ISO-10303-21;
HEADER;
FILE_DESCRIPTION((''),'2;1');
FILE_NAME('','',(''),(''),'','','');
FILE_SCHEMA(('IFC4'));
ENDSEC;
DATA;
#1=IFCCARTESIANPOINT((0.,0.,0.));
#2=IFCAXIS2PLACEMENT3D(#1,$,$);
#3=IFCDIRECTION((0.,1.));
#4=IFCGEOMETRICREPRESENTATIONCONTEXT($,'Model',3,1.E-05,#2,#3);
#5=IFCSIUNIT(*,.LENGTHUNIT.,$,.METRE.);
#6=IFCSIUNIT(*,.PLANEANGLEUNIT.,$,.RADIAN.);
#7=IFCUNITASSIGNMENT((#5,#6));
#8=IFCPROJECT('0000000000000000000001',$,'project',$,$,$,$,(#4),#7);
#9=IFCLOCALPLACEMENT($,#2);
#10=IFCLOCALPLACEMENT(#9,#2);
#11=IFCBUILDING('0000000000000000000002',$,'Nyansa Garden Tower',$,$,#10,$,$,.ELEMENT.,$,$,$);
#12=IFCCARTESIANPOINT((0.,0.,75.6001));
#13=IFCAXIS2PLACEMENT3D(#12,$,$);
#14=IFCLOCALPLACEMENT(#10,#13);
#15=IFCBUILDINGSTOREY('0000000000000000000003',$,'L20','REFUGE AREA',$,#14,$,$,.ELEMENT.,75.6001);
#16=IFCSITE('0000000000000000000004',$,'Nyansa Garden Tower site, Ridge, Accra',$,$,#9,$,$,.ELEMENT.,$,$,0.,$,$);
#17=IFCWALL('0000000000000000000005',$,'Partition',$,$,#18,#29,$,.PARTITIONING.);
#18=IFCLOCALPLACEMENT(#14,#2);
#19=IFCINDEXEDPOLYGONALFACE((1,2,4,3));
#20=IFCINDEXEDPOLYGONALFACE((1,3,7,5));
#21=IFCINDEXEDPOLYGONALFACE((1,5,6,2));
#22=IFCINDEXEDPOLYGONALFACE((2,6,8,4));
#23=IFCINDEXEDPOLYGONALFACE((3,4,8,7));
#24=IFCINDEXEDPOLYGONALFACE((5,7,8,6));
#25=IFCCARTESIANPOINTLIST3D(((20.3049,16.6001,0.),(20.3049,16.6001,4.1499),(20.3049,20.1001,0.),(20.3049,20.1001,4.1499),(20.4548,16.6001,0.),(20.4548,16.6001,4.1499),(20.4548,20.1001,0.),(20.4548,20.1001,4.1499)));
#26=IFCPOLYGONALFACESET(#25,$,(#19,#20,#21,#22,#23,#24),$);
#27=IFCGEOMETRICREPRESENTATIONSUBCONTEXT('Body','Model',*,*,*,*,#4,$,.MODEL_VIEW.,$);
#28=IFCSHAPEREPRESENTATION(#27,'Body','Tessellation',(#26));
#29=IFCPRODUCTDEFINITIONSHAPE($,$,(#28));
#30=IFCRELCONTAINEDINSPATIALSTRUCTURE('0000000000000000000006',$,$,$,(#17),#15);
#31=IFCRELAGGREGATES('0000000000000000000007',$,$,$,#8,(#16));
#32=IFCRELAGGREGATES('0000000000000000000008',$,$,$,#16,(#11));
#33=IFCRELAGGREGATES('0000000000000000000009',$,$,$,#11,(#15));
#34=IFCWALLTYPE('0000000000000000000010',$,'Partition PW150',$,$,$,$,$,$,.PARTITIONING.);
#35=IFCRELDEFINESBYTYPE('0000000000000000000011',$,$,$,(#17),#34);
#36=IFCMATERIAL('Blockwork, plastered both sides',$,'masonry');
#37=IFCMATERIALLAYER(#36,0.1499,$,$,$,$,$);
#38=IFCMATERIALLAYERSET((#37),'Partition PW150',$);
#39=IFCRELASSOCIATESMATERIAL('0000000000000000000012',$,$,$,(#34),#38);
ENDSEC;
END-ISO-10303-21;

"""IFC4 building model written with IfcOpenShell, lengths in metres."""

from ifc_helpers import new_model, si_unit, direction, frame, frame_2d, origin, place, context, subcontext, project, spatial, rectangle, extrude, material, layer, layer_set, type_object, element, save


model = new_model("IFC4")

# Units and contexts
model_context = context("Model", 3, precision=1e-05, world=origin(), true_north=direction((0.0, 1.0)))
body_context = subcontext(model_context, "Body", "Model", "MODEL_VIEW")
ifc_project = project(units=[si_unit("LENGTHUNIT", "METRE"), si_unit("PLANEANGLEUNIT", "RADIAN")], contexts=[model_context])

# Site, building, storey
site_placement = place(None, origin())
site = spatial("IfcSite", under=ifc_project, at=site_placement, Name="Nyansa Garden Tower site, Ridge, Accra", CompositionType="ELEMENT", RefElevation=0.0)
building_placement = place(site_placement, origin())
building = spatial("IfcBuilding", under=site, at=building_placement, Name="Nyansa Garden Tower", CompositionType="ELEMENT")
storey_placement = place(building_placement, frame((0.0, 0.0, 75.6001)))
storey = spatial("IfcBuildingStorey", under=building, at=storey_placement, Name="L20", Description="REFUGE AREA", CompositionType="ELEMENT", Elevation=75.6001)

# Shared definitions
ifc_material_1 = material(Name="Blockwork, plastered both sides", Category="masonry")
ifc_layer_1 = layer(ifc_material_1, 0.1499)
ifc_layer_set_1 = layer_set([ifc_layer_1], Name="Partition PW150")
wall_type_1 = type_object("IfcWallType", Name="Partition PW150", PredefinedType="PARTITIONING", material=ifc_layer_set_1)

# Wall
wall_1_placement = place(storey_placement, frame((20.3799, 16.6001, 0.0), z_axis=(0.0, 0.0, 1.0), x_axis=(0.0, 1.0, 0.0)))
element("IfcWall", 1, at=wall_1_placement, inside=storey, type_object=wall_type_1, Name="Partition", PredefinedType="PARTITIONING", context=body_context, shape_type="SweptSolid", body=[
    extrude(rectangle(XDim=3.5, YDim=0.1499, at=frame_2d((1.75, 0.0))), origin(), (0.0, 0.0, 1.0), 4.1499),
])

save(model, "model.ifc")
